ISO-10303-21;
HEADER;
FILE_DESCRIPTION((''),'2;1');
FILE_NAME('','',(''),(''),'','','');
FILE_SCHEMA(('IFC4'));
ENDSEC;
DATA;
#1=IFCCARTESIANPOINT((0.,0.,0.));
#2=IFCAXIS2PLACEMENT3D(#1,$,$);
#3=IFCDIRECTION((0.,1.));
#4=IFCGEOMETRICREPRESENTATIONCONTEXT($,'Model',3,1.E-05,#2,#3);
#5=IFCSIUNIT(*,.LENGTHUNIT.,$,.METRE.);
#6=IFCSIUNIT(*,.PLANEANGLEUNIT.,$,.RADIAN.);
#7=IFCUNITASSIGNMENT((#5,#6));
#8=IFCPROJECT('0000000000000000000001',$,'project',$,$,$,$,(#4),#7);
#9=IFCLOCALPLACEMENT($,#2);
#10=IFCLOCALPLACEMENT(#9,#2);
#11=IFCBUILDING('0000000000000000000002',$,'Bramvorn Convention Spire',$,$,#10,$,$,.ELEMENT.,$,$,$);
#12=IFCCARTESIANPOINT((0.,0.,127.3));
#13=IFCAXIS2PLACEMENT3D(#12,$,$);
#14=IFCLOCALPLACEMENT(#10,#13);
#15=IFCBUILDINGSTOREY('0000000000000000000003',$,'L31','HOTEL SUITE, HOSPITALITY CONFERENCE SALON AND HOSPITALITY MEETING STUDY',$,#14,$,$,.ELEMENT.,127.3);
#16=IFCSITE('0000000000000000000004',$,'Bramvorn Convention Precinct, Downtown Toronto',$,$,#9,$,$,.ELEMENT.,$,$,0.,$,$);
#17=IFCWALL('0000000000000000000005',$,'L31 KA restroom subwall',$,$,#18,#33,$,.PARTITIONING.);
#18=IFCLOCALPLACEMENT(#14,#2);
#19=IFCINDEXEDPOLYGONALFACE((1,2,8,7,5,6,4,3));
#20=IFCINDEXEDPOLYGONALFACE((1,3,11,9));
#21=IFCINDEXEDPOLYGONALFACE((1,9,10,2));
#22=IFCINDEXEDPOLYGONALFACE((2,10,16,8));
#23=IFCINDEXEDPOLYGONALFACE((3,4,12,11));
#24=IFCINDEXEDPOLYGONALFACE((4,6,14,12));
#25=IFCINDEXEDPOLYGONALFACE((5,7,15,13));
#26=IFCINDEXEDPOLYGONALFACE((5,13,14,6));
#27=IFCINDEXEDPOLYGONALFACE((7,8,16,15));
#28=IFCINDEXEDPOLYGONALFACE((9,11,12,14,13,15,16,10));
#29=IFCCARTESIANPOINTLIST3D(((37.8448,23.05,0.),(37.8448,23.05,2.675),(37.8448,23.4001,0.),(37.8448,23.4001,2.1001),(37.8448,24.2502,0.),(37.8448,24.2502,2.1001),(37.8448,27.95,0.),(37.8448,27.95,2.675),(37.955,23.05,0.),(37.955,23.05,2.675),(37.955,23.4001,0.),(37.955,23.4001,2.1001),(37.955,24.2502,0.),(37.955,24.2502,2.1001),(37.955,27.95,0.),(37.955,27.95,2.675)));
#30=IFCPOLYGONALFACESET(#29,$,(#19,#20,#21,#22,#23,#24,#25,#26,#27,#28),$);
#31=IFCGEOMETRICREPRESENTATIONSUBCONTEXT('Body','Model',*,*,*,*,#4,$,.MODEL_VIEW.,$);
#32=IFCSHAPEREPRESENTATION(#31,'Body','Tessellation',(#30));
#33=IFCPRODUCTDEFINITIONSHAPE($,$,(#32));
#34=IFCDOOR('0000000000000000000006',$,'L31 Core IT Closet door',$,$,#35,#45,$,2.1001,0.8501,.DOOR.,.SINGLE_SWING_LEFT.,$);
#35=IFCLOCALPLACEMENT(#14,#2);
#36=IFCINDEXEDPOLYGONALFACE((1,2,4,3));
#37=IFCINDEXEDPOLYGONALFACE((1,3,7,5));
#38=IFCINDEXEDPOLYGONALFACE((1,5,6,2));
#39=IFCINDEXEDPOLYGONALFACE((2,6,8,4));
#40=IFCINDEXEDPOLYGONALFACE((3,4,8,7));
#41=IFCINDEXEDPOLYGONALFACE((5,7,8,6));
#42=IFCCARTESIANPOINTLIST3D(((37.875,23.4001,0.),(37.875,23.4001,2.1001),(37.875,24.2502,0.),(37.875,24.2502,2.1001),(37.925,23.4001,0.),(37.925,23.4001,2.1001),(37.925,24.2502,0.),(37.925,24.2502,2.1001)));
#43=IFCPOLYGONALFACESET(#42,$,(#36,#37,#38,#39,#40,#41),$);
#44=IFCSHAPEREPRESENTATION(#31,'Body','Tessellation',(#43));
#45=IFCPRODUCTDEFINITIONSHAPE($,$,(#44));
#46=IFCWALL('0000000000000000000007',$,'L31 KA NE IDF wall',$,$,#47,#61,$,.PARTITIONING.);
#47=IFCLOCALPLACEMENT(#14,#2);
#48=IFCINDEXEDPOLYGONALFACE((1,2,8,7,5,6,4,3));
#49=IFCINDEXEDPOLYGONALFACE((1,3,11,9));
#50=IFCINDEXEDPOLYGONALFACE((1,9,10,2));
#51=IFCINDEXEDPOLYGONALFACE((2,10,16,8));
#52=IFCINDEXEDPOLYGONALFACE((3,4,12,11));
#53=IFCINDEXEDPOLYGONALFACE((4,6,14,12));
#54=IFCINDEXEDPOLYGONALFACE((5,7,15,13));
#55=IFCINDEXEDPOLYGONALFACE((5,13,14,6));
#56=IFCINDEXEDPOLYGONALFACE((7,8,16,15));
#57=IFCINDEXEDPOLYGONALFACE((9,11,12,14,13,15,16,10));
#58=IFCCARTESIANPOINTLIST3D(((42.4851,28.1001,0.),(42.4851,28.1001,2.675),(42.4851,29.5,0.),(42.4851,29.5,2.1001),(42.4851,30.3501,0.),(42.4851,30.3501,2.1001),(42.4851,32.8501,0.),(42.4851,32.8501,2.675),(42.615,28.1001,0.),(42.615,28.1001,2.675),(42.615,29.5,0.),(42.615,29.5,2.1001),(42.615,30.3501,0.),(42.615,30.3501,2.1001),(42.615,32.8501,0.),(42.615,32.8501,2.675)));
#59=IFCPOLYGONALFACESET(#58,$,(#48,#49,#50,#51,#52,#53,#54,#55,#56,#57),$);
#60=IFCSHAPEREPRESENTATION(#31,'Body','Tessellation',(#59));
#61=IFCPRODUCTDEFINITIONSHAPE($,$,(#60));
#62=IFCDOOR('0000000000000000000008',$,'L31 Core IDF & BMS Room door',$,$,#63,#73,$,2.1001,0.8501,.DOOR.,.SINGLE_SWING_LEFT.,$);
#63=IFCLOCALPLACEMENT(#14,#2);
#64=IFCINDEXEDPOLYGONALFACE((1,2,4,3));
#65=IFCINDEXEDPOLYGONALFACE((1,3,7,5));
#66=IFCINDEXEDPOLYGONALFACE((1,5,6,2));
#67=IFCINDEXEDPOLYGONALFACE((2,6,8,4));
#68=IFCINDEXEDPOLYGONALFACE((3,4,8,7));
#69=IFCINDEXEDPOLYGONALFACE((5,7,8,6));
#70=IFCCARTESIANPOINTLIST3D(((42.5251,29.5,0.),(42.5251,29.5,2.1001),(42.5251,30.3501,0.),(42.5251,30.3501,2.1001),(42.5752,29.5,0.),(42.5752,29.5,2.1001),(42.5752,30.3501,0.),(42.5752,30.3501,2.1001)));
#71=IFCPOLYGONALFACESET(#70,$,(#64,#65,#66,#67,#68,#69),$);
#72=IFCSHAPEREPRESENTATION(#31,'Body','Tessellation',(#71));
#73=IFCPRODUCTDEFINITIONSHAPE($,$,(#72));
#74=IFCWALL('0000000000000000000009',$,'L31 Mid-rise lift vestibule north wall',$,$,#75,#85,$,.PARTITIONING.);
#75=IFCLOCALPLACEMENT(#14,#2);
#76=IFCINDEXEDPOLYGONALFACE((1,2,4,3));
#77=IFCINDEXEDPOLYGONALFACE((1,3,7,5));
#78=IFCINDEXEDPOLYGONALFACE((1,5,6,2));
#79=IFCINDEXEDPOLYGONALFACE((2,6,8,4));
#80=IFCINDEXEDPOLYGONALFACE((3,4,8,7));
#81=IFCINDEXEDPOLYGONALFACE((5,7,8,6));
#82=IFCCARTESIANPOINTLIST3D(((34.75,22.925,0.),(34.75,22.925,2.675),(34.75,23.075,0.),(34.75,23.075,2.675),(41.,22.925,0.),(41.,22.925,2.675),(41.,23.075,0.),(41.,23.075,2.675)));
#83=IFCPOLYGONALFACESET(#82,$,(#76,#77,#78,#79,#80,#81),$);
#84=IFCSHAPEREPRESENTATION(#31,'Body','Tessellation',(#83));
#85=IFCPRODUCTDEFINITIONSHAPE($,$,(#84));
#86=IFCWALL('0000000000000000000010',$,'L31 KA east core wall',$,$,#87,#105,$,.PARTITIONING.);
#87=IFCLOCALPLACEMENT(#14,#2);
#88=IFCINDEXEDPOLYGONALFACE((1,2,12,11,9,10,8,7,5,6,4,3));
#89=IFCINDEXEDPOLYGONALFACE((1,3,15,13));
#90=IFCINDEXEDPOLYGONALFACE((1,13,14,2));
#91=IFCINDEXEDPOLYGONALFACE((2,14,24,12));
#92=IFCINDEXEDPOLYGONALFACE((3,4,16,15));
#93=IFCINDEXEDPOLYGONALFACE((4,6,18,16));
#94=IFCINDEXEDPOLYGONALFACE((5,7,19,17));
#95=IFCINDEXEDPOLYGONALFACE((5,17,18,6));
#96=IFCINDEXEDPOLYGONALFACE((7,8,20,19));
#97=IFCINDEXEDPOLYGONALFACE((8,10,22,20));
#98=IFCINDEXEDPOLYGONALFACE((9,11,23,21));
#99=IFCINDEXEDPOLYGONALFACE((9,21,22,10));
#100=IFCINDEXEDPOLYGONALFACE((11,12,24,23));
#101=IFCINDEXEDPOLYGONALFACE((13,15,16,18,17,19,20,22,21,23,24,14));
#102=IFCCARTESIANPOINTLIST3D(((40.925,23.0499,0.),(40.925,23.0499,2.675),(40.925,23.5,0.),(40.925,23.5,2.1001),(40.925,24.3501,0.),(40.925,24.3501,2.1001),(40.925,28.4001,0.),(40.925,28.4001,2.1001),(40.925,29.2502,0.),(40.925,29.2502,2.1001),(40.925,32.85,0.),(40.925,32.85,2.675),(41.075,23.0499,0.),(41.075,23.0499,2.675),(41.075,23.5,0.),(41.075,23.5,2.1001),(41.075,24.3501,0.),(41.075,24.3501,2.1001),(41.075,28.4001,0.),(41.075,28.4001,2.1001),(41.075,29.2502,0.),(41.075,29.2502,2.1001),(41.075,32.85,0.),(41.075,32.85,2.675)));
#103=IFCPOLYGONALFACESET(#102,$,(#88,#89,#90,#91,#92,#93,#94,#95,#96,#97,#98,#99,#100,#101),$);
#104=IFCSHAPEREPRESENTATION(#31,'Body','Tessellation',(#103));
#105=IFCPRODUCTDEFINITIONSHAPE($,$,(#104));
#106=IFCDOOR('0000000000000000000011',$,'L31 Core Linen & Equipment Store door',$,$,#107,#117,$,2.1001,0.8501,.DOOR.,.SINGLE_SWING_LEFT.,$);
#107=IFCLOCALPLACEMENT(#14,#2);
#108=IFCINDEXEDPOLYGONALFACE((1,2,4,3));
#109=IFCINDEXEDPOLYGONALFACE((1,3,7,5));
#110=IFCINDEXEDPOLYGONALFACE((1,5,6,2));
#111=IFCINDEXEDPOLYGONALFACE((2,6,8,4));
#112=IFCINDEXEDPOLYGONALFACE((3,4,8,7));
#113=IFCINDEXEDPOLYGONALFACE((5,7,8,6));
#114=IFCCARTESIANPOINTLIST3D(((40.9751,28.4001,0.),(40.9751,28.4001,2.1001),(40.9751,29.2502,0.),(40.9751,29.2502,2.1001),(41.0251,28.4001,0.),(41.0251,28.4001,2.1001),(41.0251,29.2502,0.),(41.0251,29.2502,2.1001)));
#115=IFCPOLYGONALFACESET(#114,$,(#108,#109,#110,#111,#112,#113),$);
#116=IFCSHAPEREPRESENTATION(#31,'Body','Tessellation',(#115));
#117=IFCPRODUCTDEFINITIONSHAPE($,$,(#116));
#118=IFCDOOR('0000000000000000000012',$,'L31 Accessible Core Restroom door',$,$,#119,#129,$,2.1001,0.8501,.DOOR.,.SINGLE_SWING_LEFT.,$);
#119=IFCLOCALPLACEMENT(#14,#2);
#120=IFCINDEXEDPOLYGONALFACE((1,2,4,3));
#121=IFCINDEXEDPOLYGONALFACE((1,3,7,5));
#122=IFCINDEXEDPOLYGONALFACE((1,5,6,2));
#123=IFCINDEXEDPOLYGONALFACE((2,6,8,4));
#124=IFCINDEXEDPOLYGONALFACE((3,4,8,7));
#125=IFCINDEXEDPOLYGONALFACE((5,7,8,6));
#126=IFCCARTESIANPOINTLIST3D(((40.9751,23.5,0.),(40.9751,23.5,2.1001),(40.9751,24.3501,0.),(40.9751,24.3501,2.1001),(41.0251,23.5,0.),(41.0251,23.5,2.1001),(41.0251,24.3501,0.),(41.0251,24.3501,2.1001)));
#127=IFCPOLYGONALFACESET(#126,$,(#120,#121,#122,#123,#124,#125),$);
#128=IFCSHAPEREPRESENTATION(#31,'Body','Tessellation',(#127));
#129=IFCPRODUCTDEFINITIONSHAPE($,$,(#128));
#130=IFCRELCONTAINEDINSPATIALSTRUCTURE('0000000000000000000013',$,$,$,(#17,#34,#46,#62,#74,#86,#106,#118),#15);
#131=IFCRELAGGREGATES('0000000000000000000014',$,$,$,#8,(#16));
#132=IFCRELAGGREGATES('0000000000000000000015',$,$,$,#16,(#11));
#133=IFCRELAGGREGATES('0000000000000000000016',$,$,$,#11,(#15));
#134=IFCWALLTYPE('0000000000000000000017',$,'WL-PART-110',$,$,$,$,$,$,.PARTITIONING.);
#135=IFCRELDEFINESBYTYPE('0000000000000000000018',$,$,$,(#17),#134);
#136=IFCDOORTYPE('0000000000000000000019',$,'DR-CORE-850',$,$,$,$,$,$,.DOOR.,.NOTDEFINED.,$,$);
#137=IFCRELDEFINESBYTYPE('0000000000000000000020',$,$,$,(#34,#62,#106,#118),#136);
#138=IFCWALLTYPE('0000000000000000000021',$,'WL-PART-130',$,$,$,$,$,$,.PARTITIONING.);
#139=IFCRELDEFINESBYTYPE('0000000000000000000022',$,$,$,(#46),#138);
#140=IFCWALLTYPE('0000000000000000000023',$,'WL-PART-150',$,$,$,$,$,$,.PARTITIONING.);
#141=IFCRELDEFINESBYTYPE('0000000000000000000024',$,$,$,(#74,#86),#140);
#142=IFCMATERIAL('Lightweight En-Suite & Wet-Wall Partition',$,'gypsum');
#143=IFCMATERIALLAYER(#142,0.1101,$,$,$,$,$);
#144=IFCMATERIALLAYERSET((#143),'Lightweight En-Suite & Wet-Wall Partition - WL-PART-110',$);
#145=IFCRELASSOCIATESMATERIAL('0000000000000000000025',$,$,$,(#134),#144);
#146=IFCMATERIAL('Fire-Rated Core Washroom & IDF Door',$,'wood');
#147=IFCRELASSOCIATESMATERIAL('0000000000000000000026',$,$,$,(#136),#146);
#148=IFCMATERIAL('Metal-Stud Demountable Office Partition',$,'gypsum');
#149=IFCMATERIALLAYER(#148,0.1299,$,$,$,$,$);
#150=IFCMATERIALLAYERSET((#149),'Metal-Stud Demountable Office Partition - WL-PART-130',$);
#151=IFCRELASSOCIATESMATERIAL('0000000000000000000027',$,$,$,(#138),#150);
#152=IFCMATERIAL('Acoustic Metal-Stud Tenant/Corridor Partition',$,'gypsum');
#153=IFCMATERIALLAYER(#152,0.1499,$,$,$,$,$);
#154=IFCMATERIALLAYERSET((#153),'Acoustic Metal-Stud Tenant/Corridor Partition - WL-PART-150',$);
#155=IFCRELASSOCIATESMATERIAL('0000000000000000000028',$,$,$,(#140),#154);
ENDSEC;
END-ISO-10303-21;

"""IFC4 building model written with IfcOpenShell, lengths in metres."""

from ifc_helpers import new_model, si_unit, direction, frame, frame_2d, origin, place, context, subcontext, project, spatial, rectangle, extrude, material, layer, layer_set, type_object, element, fill, save


model = new_model("IFC4")

# Units and contexts
model_context = context("Model", 3, precision=1e-05, world=origin(), true_north=direction((0.0, 1.0)))
body_context = subcontext(model_context, "Body", "Model", "MODEL_VIEW")
ifc_project = project(units=[si_unit("LENGTHUNIT", "METRE"), si_unit("PLANEANGLEUNIT", "RADIAN")], contexts=[model_context])

# Site, building, storey
site_placement = place(None, origin())
site = spatial("IfcSite", under=ifc_project, at=site_placement, Name="Bramvorn Convention Precinct, Downtown Toronto", CompositionType="ELEMENT", RefElevation=0.0)
building_placement = place(site_placement, origin())
building = spatial("IfcBuilding", under=site, at=building_placement, Name="Bramvorn Convention Spire", CompositionType="ELEMENT")
storey_placement = place(building_placement, frame((0.0, 0.0, 127.3)))
storey = spatial("IfcBuildingStorey", under=building, at=storey_placement, Name="L31", Description="HOTEL SUITE, HOSPITALITY CONFERENCE SALON AND HOSPITALITY MEETING STUDY", CompositionType="ELEMENT", Elevation=127.3)

# Shared definitions
ifc_material_1 = material(Name="Lightweight En-Suite & Wet-Wall Partition", Category="gypsum")
ifc_layer_1 = layer(ifc_material_1, 0.1101)
ifc_layer_set_1 = layer_set([ifc_layer_1], Name="Lightweight En-Suite & Wet-Wall Partition - WL-PART-110")
wall_type_1 = type_object("IfcWallType", Name="WL-PART-110", PredefinedType="PARTITIONING", material=ifc_layer_set_1)

# Walls, openings, doors
wall_1_placement = place(storey_placement, frame((37.8999, 23.05, 0.0), z_axis=(0.0, 0.0, 1.0), x_axis=(0.0, 1.0, 0.0)))
wall_1 = element("IfcWall", 1, at=wall_1_placement, inside=storey, type_object=wall_type_1, Name="L31 KA restroom subwall", PredefinedType="PARTITIONING", context=body_context, shape_type="SweptSolid", body=[
    extrude(rectangle(XDim=4.8999, YDim=0.1101, at=frame_2d((2.45, 0.0))), origin(), (0.0, 0.0, 1.0), 2.675),
])
opening_1_placement = place(wall_1_placement, frame((0.3501, 0.0, 0.0)))
opening_1 = element("IfcOpeningElement", 2, at=opening_1_placement, cuts=wall_1, PredefinedType="OPENING", context=body_context, shape_type="SweptSolid", body=[
    extrude(rectangle(XDim=0.8501, YDim=2.1001, at=frame_2d((0.425, 1.05))), frame((0.0, 0.0649, 0.0), z_axis=(0.0, -1.0, 0.0), x_axis=(1.0, 0.0, 0.0)), (0.0, 0.0, 1.0), 0.1301),
])
ifc_material_2 = material(Name="Fire-Rated Core Washroom & IDF Door", Category="wood")
door_type_1 = type_object("IfcDoorType", Name="DR-CORE-850", OperationType="NOTDEFINED", PredefinedType="DOOR", material=ifc_material_2)
door_1_placement = place(opening_1_placement, origin())
door_1 = element("IfcDoor", 3, at=door_1_placement, inside=storey, type_object=door_type_1, Name="L31 Core IT Closet door", OperationType="SINGLE_SWING_LEFT", OverallHeight=2.1001, OverallWidth=0.8501, PredefinedType="DOOR", context=body_context, shape_type="SweptSolid", body=[
    extrude(rectangle(XDim=0.8501, YDim=2.1001, at=frame_2d((0.425, 1.05))), frame((0.0, 0.0249, 0.0), z_axis=(0.0, -1.0, 0.0), x_axis=(1.0, 0.0, 0.0)), (0.0, 0.0, 1.0), 0.05),
])
fill(opening_1, door_1)
ifc_material_3 = material(Name="Metal-Stud Demountable Office Partition", Category="gypsum")
ifc_layer_2 = layer(ifc_material_3, 0.1299)
ifc_layer_set_2 = layer_set([ifc_layer_2], Name="Metal-Stud Demountable Office Partition - WL-PART-130")
wall_type_2 = type_object("IfcWallType", Name="WL-PART-130", PredefinedType="PARTITIONING", material=ifc_layer_set_2)
wall_2_placement = place(storey_placement, frame((42.55, 28.1001, 0.0), z_axis=(0.0, 0.0, 1.0), x_axis=(0.0, 1.0, 0.0)))
wall_2 = element("IfcWall", 4, at=wall_2_placement, inside=storey, type_object=wall_type_2, Name="L31 KA NE IDF wall", PredefinedType="PARTITIONING", context=body_context, shape_type="SweptSolid", body=[
    extrude(rectangle(XDim=4.75, YDim=0.1299, at=frame_2d((2.375, 0.0))), origin(), (0.0, 0.0, 1.0), 2.675),
])
opening_2_placement = place(wall_2_placement, frame((1.3999, 0.0, 0.0)))
opening_2 = element("IfcOpeningElement", 5, at=opening_2_placement, cuts=wall_2, PredefinedType="OPENING", context=body_context, shape_type="SweptSolid", body=[
    extrude(rectangle(XDim=0.8501, YDim=2.1001, at=frame_2d((0.425, 1.05))), frame((0.0, 0.075, 0.0), z_axis=(0.0, -1.0, 0.0), x_axis=(1.0, 0.0, 0.0)), (0.0, 0.0, 1.0), 0.1499),
])
door_2_placement = place(opening_2_placement, origin())
door_2 = element("IfcDoor", 6, at=door_2_placement, inside=storey, type_object=door_type_1, Name="L31 Core IDF & BMS Room door", OperationType="SINGLE_SWING_LEFT", OverallHeight=2.1001, OverallWidth=0.8501, PredefinedType="DOOR", context=body_context, shape_type="SweptSolid", body=[
    extrude(rectangle(XDim=0.8501, YDim=2.1001, at=frame_2d((0.425, 1.05))), frame((0.0, 0.0249, 0.0), z_axis=(0.0, -1.0, 0.0), x_axis=(1.0, 0.0, 0.0)), (0.0, 0.0, 1.0), 0.05),
])
fill(opening_2, door_2)

# Wall
ifc_material_4 = material(Name="Acoustic Metal-Stud Tenant/Corridor Partition", Category="gypsum")
ifc_layer_3 = layer(ifc_material_4, 0.1499)
ifc_layer_set_3 = layer_set([ifc_layer_3], Name="Acoustic Metal-Stud Tenant/Corridor Partition - WL-PART-150")
wall_type_3 = type_object("IfcWallType", Name="WL-PART-150", PredefinedType="PARTITIONING", material=ifc_layer_set_3)
wall_3_placement = place(storey_placement, frame((34.75, 23.0, 0.0), z_axis=(0.0, 0.0, 1.0), x_axis=(1.0, 0.0, 0.0)))
element("IfcWall", 7, at=wall_3_placement, inside=storey, type_object=wall_type_3, Name="L31 Mid-rise lift vestibule north wall", PredefinedType="PARTITIONING", context=body_context, shape_type="SweptSolid", body=[
    extrude(rectangle(XDim=6.25, YDim=0.1499, at=frame_2d((3.125, 0.0))), origin(), (0.0, 0.0, 1.0), 2.675),
])

# Wall, openings, doors
wall_4_placement = place(storey_placement, frame((41.0, 23.05, 0.0), z_axis=(0.0, 0.0, 1.0), x_axis=(0.0, 1.0, 0.0)))
wall_4 = element("IfcWall", 8, at=wall_4_placement, inside=storey, type_object=wall_type_3, Name="L31 KA east core wall", PredefinedType="PARTITIONING", context=body_context, shape_type="SweptSolid", body=[
    extrude(rectangle(XDim=9.8, YDim=0.1499, at=frame_2d((4.8999, 0.0))), origin(), (0.0, 0.0, 1.0), 2.675),
])
opening_3_placement = place(wall_4_placement, frame((5.3501, 0.0, 0.0)))
opening_3 = element("IfcOpeningElement", 9, at=opening_3_placement, cuts=wall_4, PredefinedType="OPENING", context=body_context, shape_type="SweptSolid", body=[
    extrude(rectangle(XDim=0.8501, YDim=2.1001, at=frame_2d((0.425, 1.05))), frame((0.0, 0.085, 0.0), z_axis=(0.0, -1.0, 0.0), x_axis=(1.0, 0.0, 0.0)), (0.0, 0.0, 1.0), 0.1699),
])
opening_4_placement = place(wall_4_placement, frame((0.45, 0.0, 0.0)))
opening_4 = element("IfcOpeningElement", 10, at=opening_4_placement, cuts=wall_4, PredefinedType="OPENING", context=body_context, shape_type="SweptSolid", body=[
    extrude(rectangle(XDim=0.8501, YDim=2.1001, at=frame_2d((0.425, 1.05))), frame((0.0, 0.085, 0.0), z_axis=(0.0, -1.0, 0.0), x_axis=(1.0, 0.0, 0.0)), (0.0, 0.0, 1.0), 0.1699),
])
door_3_placement = place(opening_3_placement, origin())
door_3 = element("IfcDoor", 11, at=door_3_placement, inside=storey, type_object=door_type_1, Name="L31 Core Linen & Equipment Store door", OperationType="SINGLE_SWING_LEFT", OverallHeight=2.1001, OverallWidth=0.8501, PredefinedType="DOOR", context=body_context, shape_type="SweptSolid", body=[
    extrude(rectangle(XDim=0.8501, YDim=2.1001, at=frame_2d((0.425, 1.05))), frame((0.0, 0.0249, 0.0), z_axis=(0.0, -1.0, 0.0), x_axis=(1.0, 0.0, 0.0)), (0.0, 0.0, 1.0), 0.05),
])
fill(opening_3, door_3)
door_4_placement = place(opening_4_placement, origin())
door_4 = element("IfcDoor", 12, at=door_4_placement, inside=storey, type_object=door_type_1, Name="L31 Accessible Core Restroom door", OperationType="SINGLE_SWING_LEFT", OverallHeight=2.1001, OverallWidth=0.8501, PredefinedType="DOOR", context=body_context, shape_type="SweptSolid", body=[
    extrude(rectangle(XDim=0.8501, YDim=2.1001, at=frame_2d((0.425, 1.05))), frame((0.0, 0.0249, 0.0), z_axis=(0.0, -1.0, 0.0), x_axis=(1.0, 0.0, 0.0)), (0.0, 0.0, 1.0), 0.05),
])
fill(opening_4, door_4)

save(model, "model.ifc")
